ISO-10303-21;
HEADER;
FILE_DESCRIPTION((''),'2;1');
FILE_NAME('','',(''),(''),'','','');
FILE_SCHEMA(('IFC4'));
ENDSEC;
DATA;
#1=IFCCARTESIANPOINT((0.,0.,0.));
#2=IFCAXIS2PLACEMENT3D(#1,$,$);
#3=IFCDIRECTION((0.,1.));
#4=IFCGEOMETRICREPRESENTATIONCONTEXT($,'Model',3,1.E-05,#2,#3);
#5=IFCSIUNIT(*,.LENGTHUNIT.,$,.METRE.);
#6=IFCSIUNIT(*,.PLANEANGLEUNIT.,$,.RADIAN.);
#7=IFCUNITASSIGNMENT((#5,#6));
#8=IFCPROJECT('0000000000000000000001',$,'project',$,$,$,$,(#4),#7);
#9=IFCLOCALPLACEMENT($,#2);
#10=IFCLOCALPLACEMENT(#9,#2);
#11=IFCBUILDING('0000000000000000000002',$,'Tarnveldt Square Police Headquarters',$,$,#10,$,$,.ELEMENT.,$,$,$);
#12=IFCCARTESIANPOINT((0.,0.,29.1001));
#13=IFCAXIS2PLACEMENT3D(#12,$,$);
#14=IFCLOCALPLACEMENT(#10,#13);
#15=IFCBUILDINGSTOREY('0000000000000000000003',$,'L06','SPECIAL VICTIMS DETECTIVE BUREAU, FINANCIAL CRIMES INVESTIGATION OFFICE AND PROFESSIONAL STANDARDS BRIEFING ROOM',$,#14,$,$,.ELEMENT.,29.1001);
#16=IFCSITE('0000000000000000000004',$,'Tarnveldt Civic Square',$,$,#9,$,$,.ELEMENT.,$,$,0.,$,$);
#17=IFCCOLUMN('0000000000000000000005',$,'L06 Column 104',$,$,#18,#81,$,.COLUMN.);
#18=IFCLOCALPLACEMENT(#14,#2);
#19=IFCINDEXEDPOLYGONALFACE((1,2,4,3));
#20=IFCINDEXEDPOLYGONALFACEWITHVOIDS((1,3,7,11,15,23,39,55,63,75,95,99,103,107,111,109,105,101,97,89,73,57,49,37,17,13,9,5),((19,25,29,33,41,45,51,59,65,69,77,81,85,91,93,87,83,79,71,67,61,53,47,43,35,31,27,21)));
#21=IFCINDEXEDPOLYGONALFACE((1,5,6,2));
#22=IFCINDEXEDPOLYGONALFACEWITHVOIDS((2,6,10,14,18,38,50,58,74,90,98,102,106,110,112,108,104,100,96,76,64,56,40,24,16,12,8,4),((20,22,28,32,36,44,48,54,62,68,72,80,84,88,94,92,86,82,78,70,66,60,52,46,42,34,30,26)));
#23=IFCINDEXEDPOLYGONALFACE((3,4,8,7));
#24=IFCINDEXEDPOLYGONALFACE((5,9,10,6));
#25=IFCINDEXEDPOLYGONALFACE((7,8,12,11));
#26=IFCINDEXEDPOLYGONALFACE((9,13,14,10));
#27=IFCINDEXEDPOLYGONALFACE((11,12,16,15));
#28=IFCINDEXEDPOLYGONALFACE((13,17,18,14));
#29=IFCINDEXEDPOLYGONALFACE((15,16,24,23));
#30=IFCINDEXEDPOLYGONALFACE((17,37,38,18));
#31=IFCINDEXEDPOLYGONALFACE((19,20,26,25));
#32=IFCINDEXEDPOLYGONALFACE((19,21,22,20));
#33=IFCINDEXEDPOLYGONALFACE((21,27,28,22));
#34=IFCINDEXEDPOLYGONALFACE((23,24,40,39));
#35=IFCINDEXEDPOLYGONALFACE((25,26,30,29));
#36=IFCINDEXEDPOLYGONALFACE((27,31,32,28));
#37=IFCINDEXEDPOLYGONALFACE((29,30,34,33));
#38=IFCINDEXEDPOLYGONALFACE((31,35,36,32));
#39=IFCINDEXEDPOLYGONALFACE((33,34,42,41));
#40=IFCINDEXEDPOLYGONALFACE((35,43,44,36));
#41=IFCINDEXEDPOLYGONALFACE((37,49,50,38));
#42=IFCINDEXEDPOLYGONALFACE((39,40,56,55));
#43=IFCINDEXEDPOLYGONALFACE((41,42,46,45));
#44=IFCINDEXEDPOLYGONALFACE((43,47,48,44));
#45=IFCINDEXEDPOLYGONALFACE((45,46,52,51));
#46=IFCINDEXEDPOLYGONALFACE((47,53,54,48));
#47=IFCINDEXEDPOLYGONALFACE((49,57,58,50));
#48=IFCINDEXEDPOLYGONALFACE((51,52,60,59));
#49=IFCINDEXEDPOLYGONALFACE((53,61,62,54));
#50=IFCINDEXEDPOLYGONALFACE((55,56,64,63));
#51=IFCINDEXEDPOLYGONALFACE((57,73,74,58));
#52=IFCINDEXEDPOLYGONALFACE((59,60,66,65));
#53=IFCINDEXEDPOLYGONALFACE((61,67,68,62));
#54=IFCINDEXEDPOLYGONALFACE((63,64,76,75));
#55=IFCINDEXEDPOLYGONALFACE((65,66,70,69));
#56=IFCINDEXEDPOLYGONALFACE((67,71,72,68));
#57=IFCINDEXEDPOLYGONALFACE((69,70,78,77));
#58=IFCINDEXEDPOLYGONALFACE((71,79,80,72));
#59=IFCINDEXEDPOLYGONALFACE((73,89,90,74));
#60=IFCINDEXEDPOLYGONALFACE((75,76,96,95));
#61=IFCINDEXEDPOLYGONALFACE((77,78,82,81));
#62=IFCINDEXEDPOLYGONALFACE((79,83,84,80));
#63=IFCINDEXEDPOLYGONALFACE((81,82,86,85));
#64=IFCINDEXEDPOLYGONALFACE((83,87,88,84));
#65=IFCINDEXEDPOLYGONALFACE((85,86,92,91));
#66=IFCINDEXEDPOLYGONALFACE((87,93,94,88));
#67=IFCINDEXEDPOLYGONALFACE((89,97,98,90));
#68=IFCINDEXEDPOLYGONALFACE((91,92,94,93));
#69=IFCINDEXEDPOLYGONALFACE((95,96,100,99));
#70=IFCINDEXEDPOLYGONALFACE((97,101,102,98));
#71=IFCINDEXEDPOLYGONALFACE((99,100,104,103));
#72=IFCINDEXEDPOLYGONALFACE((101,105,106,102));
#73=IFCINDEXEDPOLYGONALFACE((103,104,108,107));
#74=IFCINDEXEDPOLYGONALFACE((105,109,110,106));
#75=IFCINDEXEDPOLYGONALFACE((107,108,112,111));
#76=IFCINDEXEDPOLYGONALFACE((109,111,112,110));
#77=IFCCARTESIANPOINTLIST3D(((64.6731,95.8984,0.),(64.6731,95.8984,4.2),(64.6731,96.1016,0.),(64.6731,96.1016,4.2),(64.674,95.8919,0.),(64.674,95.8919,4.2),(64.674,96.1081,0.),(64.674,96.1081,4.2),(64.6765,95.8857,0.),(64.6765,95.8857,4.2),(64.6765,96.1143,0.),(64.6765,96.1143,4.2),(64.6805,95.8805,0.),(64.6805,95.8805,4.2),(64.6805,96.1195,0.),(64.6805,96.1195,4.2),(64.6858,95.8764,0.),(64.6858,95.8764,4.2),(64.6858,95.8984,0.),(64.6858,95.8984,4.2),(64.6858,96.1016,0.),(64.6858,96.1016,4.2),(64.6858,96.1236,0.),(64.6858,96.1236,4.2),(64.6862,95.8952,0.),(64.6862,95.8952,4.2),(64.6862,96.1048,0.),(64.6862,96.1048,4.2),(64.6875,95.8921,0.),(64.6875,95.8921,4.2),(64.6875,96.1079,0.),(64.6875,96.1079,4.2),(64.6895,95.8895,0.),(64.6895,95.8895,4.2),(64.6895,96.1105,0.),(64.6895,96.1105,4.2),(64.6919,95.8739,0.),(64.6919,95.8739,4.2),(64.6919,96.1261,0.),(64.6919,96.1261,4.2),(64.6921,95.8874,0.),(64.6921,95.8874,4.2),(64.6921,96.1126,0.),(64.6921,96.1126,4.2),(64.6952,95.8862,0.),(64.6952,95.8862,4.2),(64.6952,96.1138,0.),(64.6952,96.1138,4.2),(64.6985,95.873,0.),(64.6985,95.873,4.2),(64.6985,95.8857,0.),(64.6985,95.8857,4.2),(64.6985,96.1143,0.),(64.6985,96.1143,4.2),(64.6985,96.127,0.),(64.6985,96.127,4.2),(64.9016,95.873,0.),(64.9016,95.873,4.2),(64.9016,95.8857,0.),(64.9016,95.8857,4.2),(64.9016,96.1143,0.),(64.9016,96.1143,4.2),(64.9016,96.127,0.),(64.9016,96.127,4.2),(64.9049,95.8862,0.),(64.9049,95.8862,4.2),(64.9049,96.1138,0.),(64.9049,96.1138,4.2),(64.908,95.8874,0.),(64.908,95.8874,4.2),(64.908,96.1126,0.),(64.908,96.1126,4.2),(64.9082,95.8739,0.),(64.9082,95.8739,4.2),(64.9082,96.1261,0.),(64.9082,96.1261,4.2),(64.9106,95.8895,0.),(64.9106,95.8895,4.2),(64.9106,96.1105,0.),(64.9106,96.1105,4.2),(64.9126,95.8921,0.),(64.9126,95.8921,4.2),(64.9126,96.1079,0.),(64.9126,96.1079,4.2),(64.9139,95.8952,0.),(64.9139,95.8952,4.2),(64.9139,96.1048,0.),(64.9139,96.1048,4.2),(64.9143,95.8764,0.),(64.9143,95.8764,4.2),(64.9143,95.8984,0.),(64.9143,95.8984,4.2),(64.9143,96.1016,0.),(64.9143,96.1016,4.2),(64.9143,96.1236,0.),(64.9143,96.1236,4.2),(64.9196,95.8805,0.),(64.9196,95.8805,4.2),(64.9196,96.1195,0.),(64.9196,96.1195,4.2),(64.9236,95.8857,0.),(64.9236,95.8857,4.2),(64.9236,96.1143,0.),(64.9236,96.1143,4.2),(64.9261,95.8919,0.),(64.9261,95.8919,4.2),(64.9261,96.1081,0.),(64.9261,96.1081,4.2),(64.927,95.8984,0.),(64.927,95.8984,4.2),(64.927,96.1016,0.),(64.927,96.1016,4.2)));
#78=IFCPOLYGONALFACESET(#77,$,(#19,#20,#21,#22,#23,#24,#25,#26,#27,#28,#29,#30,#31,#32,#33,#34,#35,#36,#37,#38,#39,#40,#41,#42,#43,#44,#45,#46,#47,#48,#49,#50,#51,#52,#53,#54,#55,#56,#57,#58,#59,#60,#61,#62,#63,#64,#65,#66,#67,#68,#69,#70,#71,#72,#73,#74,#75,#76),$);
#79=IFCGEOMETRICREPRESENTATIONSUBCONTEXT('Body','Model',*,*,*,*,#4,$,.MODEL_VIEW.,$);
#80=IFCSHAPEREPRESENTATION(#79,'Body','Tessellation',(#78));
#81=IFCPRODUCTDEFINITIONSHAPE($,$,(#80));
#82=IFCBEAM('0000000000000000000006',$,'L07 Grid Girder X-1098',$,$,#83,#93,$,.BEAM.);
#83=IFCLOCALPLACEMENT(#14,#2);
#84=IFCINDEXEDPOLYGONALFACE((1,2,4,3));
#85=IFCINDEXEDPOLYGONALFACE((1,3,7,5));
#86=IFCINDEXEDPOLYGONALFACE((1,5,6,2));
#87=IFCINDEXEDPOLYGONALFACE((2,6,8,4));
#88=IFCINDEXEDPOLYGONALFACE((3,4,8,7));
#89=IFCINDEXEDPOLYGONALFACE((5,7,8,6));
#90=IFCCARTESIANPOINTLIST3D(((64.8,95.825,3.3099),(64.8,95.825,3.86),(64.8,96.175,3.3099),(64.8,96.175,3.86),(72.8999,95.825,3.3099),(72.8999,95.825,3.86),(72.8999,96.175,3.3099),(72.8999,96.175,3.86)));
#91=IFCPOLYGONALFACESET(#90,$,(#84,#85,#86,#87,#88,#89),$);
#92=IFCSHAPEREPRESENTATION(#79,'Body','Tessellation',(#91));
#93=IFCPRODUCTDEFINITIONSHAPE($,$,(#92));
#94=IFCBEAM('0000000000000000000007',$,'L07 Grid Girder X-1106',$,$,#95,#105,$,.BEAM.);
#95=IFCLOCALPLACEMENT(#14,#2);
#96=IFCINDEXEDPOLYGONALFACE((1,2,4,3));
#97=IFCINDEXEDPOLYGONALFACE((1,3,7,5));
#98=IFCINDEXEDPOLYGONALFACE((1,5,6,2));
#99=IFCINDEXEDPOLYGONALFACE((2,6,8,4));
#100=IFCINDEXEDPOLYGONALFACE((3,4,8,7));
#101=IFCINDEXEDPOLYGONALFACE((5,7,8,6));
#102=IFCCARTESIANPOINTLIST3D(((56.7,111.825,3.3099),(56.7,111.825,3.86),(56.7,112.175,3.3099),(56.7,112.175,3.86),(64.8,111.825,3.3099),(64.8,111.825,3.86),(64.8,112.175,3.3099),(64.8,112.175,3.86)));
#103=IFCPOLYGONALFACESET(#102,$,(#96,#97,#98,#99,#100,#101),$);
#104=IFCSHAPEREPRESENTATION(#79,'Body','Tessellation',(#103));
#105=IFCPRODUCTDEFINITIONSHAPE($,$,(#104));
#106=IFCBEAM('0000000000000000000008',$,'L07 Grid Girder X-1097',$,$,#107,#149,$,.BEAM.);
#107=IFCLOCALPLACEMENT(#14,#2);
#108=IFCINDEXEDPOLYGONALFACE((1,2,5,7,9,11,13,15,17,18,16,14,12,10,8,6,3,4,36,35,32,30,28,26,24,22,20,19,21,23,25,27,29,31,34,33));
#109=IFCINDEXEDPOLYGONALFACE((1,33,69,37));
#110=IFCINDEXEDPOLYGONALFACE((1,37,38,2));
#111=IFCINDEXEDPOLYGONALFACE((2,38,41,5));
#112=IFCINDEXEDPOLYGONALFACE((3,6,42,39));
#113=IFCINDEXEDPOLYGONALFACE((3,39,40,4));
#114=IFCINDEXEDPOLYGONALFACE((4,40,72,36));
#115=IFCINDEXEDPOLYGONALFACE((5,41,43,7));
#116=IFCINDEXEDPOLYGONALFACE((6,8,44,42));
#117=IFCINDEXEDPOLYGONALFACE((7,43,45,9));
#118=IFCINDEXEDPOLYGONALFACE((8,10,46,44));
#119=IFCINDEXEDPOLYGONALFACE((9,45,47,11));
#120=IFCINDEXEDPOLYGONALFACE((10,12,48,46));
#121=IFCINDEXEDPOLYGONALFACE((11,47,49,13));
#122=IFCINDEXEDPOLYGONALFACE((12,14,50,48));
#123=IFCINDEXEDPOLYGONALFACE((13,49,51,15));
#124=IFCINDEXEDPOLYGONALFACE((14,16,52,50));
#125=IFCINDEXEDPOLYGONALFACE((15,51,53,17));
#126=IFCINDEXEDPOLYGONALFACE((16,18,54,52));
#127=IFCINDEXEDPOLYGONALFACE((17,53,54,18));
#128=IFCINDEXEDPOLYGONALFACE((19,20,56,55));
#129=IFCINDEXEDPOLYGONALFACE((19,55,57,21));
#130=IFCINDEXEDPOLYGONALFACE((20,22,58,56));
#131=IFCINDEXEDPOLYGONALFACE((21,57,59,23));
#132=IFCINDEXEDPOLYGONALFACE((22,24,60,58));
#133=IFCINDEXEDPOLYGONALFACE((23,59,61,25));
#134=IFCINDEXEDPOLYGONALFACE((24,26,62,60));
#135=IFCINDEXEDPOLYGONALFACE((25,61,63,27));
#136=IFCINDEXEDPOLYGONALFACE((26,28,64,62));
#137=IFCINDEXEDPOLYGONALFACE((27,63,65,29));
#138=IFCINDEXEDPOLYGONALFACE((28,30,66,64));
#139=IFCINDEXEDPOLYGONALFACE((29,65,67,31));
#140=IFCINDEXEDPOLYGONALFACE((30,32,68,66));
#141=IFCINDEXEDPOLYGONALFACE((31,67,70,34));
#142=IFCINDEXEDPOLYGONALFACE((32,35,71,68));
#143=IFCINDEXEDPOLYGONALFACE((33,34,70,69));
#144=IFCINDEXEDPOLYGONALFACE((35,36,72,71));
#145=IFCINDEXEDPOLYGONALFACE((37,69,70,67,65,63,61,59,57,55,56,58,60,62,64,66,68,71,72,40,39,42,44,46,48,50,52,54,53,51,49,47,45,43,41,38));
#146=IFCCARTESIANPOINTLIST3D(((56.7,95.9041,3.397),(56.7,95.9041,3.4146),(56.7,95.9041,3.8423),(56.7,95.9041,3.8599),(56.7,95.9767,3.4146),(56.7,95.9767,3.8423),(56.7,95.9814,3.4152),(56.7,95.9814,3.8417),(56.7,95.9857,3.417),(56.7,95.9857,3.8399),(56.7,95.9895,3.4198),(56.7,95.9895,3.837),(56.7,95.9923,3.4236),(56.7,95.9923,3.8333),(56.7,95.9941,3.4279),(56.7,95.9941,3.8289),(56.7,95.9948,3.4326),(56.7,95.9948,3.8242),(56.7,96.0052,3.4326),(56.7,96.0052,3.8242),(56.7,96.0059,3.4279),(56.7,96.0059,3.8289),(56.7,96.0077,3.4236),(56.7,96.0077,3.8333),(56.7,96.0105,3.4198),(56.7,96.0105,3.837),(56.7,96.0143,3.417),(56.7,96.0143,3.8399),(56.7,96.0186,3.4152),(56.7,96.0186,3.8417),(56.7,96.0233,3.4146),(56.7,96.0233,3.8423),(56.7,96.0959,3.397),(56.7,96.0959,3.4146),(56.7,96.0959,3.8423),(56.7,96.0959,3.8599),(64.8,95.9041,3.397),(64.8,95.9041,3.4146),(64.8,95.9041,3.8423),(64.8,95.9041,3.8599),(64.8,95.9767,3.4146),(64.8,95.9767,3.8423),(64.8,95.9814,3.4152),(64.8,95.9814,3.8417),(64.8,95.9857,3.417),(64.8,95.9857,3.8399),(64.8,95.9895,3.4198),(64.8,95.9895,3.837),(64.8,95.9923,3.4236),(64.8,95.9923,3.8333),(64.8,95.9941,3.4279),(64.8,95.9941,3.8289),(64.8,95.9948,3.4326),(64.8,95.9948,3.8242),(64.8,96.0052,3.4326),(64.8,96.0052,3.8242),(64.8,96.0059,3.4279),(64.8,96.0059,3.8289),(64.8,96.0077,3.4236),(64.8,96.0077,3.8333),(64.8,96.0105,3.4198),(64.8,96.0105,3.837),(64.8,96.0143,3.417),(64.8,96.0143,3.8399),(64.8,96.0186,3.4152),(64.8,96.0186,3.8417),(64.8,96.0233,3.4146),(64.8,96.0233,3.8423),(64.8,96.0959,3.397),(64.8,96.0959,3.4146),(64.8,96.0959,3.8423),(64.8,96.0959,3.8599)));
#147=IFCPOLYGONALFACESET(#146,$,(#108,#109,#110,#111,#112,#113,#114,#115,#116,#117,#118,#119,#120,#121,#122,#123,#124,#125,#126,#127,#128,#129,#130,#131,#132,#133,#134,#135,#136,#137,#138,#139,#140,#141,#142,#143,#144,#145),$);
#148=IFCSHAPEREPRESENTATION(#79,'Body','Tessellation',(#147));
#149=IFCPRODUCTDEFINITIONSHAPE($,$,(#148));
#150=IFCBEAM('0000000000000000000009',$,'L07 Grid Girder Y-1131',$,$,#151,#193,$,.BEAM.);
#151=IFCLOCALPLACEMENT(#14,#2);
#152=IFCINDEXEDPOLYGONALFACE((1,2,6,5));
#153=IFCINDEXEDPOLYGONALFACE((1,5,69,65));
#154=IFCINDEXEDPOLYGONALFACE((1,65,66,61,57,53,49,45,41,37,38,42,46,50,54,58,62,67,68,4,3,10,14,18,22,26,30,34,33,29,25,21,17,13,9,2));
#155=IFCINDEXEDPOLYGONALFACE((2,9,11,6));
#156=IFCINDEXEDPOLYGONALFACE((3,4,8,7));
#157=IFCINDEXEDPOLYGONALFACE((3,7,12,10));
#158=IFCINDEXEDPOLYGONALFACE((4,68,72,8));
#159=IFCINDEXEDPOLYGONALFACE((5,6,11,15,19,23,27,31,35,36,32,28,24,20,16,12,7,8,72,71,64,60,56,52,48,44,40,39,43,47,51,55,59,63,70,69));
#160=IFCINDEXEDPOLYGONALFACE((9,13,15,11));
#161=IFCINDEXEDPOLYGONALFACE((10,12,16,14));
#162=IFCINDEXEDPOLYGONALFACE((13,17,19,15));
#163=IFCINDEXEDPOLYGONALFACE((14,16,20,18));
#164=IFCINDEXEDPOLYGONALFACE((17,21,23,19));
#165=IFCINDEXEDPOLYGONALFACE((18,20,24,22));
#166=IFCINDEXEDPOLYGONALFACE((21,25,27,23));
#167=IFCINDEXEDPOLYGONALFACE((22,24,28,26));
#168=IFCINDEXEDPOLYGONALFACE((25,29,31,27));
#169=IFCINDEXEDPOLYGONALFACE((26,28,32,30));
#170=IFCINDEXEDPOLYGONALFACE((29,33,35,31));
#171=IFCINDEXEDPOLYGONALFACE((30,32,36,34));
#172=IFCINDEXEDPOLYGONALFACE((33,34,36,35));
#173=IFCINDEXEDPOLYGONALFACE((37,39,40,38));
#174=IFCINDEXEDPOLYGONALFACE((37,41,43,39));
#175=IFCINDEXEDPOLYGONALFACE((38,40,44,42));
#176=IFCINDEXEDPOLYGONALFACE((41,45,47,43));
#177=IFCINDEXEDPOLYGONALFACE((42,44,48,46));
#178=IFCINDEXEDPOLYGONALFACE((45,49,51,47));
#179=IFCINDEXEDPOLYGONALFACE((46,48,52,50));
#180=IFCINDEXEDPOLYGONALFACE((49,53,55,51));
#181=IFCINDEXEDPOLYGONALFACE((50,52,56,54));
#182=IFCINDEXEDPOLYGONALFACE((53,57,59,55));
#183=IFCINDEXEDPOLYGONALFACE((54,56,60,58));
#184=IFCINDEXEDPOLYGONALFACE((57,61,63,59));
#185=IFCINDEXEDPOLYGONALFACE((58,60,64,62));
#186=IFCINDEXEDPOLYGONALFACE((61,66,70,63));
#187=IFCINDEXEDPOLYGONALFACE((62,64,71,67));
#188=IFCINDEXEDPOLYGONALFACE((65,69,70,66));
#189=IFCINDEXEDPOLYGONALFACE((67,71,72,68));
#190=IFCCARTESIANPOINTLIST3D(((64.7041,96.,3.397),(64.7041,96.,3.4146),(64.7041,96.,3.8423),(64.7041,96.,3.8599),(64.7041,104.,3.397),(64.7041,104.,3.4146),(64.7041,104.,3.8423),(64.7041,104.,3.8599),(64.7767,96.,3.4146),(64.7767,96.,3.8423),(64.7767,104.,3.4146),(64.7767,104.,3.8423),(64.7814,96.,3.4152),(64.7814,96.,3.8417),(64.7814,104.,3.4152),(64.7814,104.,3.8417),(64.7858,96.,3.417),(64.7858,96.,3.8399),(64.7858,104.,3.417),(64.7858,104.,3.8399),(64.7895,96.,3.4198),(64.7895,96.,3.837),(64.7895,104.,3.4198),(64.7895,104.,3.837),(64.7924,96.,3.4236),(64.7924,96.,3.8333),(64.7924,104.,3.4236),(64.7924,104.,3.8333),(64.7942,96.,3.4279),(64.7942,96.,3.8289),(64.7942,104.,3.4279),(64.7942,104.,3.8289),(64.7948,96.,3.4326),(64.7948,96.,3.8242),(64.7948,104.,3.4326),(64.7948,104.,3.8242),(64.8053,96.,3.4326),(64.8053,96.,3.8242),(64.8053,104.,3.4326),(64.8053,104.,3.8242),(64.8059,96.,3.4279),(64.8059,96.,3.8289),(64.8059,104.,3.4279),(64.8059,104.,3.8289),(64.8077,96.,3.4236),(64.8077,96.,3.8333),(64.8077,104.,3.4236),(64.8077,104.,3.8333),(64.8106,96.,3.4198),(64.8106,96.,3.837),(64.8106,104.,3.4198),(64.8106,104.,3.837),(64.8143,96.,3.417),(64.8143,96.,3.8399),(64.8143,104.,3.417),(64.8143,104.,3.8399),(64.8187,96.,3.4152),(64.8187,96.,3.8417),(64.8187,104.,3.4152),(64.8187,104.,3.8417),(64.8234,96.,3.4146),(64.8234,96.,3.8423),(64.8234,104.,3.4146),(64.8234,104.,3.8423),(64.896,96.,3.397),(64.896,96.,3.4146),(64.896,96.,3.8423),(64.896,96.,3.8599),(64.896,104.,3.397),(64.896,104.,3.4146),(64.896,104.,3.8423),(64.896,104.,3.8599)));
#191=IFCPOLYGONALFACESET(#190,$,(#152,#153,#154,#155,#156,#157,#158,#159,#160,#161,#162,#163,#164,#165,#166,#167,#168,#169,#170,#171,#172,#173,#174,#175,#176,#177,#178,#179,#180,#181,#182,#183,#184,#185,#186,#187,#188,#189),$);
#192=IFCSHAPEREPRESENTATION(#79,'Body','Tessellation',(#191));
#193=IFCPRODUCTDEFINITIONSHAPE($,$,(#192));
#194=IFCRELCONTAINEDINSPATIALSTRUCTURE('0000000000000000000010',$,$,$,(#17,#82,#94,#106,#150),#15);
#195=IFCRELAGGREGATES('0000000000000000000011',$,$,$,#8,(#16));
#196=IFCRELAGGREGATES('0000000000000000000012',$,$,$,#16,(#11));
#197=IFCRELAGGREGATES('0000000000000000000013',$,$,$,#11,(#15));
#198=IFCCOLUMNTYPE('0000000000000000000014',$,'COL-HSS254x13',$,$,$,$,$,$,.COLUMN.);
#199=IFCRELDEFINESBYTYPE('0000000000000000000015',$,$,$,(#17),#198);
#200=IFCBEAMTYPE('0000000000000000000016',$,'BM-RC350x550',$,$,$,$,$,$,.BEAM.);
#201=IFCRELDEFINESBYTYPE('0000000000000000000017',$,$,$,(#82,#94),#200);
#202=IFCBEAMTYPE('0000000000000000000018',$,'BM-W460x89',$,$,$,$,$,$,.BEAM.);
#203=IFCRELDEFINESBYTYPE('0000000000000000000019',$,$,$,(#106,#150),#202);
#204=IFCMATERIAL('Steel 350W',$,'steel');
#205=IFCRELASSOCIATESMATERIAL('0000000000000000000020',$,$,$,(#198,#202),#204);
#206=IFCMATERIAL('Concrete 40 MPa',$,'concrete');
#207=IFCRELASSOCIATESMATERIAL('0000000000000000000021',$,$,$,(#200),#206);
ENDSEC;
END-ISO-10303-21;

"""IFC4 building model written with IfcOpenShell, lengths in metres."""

from ifc_helpers import new_model, si_unit, direction, frame, origin, origin_2d, place, context, subcontext, project, spatial, rectangle, hollow_rectangle, i_section, extrude, material, material_profile, profile_set, type_object, element, save


model = new_model("IFC4")

# Units and contexts
model_context = context("Model", 3, precision=1e-05, world=origin(), true_north=direction((0.0, 1.0)))
body_context = subcontext(model_context, "Body", "Model", "MODEL_VIEW")
ifc_project = project(units=[si_unit("LENGTHUNIT", "METRE"), si_unit("PLANEANGLEUNIT", "RADIAN")], contexts=[model_context])

# Site, building, storey
site_placement = place(None, origin())
site = spatial("IfcSite", under=ifc_project, at=site_placement, Name="Tarnveldt Civic Square", CompositionType="ELEMENT", RefElevation=0.0)
building_placement = place(site_placement, origin())
building = spatial("IfcBuilding", under=site, at=building_placement, Name="Tarnveldt Square Police Headquarters", CompositionType="ELEMENT")
storey_placement = place(building_placement, frame((0.0, 0.0, 29.1001)))
storey = spatial("IfcBuildingStorey", under=building, at=storey_placement, Name="L06", Description="SPECIAL VICTIMS DETECTIVE BUREAU, FINANCIAL CRIMES INVESTIGATION OFFICE AND PROFESSIONAL STANDARDS BRIEFING ROOM", CompositionType="ELEMENT", Elevation=29.1001)

# Column
ifc_material_1 = material(Name="Steel 350W", Category="steel")
ifc_material_profile_1 = material_profile(ifc_material_1, hollow_rectangle(XDim=0.2539, YDim=0.2539, WallThickness=0.0127, InnerFilletRadius=0.0127, OuterFilletRadius=0.0254, at=origin_2d()), Name="HSS254x254x13")
ifc_profile_set_1 = profile_set([ifc_material_profile_1], Name="Steel 350W")
column_type_1 = type_object("IfcColumnType", Name="COL-HSS254x13", PredefinedType="COLUMN", material=ifc_profile_set_1)
for number, where, z_axis, x_axis, name in (
    (1, (64.8, 96.0, 0.0), (0.0, 0.0, 1.0), (1.0, 0.0, 0.0), "L06 Column 104"),
):
    element("IfcColumn", number, at=place(storey_placement, frame(where, z_axis=z_axis, x_axis=x_axis)), inside=storey, type_object=column_type_1, Name=name, PredefinedType="COLUMN", context=body_context, shape_type="SweptSolid", body=[
        extrude(hollow_rectangle(XDim=0.2539, YDim=0.2539, WallThickness=0.0127, InnerFilletRadius=0.0127, OuterFilletRadius=0.0254, at=origin_2d()), origin(), (0.0, 0.0, 1.0), 4.2),
    ])

# Beams
ifc_material_2 = material(Name="Concrete 40 MPa", Category="concrete")
ifc_material_profile_2 = material_profile(ifc_material_2, rectangle(XDim=0.3501, YDim=0.55, at=origin_2d()), Name="RC-B350x550")
ifc_profile_set_2 = profile_set([ifc_material_profile_2], Name="Concrete 40 MPa")
beam_type_1 = type_object("IfcBeamType", Name="BM-RC350x550", PredefinedType="BEAM", material=ifc_profile_set_2)
beam_1_placement = place(storey_placement, frame((64.8, 96.0, 3.585), z_axis=(1.0, 0.0, 0.0), x_axis=(0.0, 1.0, 0.0)))
element("IfcBeam", 2, at=beam_1_placement, inside=storey, type_object=beam_type_1, Name="L07 Grid Girder X-1098", PredefinedType="BEAM", context=body_context, shape_type="SweptSolid", body=[
    extrude(rectangle(XDim=0.3501, YDim=0.55, at=origin_2d()), origin(), (0.0, 0.0, 1.0), 8.0999),
])
beam_2_placement = place(storey_placement, frame((56.7, 112.0, 3.585), z_axis=(1.0, 0.0, 0.0), x_axis=(0.0, 1.0, 0.0)))
element("IfcBeam", 3, at=beam_2_placement, inside=storey, type_object=beam_type_1, Name="L07 Grid Girder X-1106", PredefinedType="BEAM", context=body_context, shape_type="SweptSolid", body=[
    extrude(rectangle(XDim=0.3501, YDim=0.55, at=origin_2d()), origin(), (0.0, 0.0, 1.0), 8.1001),
])
ifc_material_profile_3 = material_profile(ifc_material_1, i_section(OverallWidth=0.1919, OverallDepth=0.4629, WebThickness=0.0105, FlangeThickness=0.0176, FilletRadius=0.0181, at=origin_2d()), Name="W460x89")
ifc_profile_set_3 = profile_set([ifc_material_profile_3], Name="Steel 350W")
beam_type_2 = type_object("IfcBeamType", Name="BM-W460x89", PredefinedType="BEAM", material=ifc_profile_set_3)
beam_3_placement = place(storey_placement, frame((56.7, 96.0, 3.6284), z_axis=(1.0, 0.0, 0.0), x_axis=(0.0, 1.0, 0.0)))
element("IfcBeam", 4, at=beam_3_placement, inside=storey, type_object=beam_type_2, Name="L07 Grid Girder X-1097", PredefinedType="BEAM", context=body_context, shape_type="SweptSolid", body=[
    extrude(i_section(OverallWidth=0.1919, OverallDepth=0.4629, WebThickness=0.0105, FlangeThickness=0.0176, FilletRadius=0.0181, at=origin_2d()), origin(), (0.0, 0.0, 1.0), 8.1001),
])
beam_4_placement = place(storey_placement, frame((64.8, 96.0, 3.6284), z_axis=(0.0, 1.0, 0.0), x_axis=(-1.0, 0.0, 0.0)))
element("IfcBeam", 5, at=beam_4_placement, inside=storey, type_object=beam_type_2, Name="L07 Grid Girder Y-1131", PredefinedType="BEAM", context=body_context, shape_type="SweptSolid", body=[
    extrude(i_section(OverallWidth=0.1919, OverallDepth=0.4629, WebThickness=0.0105, FlangeThickness=0.0176, FilletRadius=0.0181, at=origin_2d()), origin(), (0.0, 0.0, 1.0), 8.0),
])

save(model, "model.ifc")
